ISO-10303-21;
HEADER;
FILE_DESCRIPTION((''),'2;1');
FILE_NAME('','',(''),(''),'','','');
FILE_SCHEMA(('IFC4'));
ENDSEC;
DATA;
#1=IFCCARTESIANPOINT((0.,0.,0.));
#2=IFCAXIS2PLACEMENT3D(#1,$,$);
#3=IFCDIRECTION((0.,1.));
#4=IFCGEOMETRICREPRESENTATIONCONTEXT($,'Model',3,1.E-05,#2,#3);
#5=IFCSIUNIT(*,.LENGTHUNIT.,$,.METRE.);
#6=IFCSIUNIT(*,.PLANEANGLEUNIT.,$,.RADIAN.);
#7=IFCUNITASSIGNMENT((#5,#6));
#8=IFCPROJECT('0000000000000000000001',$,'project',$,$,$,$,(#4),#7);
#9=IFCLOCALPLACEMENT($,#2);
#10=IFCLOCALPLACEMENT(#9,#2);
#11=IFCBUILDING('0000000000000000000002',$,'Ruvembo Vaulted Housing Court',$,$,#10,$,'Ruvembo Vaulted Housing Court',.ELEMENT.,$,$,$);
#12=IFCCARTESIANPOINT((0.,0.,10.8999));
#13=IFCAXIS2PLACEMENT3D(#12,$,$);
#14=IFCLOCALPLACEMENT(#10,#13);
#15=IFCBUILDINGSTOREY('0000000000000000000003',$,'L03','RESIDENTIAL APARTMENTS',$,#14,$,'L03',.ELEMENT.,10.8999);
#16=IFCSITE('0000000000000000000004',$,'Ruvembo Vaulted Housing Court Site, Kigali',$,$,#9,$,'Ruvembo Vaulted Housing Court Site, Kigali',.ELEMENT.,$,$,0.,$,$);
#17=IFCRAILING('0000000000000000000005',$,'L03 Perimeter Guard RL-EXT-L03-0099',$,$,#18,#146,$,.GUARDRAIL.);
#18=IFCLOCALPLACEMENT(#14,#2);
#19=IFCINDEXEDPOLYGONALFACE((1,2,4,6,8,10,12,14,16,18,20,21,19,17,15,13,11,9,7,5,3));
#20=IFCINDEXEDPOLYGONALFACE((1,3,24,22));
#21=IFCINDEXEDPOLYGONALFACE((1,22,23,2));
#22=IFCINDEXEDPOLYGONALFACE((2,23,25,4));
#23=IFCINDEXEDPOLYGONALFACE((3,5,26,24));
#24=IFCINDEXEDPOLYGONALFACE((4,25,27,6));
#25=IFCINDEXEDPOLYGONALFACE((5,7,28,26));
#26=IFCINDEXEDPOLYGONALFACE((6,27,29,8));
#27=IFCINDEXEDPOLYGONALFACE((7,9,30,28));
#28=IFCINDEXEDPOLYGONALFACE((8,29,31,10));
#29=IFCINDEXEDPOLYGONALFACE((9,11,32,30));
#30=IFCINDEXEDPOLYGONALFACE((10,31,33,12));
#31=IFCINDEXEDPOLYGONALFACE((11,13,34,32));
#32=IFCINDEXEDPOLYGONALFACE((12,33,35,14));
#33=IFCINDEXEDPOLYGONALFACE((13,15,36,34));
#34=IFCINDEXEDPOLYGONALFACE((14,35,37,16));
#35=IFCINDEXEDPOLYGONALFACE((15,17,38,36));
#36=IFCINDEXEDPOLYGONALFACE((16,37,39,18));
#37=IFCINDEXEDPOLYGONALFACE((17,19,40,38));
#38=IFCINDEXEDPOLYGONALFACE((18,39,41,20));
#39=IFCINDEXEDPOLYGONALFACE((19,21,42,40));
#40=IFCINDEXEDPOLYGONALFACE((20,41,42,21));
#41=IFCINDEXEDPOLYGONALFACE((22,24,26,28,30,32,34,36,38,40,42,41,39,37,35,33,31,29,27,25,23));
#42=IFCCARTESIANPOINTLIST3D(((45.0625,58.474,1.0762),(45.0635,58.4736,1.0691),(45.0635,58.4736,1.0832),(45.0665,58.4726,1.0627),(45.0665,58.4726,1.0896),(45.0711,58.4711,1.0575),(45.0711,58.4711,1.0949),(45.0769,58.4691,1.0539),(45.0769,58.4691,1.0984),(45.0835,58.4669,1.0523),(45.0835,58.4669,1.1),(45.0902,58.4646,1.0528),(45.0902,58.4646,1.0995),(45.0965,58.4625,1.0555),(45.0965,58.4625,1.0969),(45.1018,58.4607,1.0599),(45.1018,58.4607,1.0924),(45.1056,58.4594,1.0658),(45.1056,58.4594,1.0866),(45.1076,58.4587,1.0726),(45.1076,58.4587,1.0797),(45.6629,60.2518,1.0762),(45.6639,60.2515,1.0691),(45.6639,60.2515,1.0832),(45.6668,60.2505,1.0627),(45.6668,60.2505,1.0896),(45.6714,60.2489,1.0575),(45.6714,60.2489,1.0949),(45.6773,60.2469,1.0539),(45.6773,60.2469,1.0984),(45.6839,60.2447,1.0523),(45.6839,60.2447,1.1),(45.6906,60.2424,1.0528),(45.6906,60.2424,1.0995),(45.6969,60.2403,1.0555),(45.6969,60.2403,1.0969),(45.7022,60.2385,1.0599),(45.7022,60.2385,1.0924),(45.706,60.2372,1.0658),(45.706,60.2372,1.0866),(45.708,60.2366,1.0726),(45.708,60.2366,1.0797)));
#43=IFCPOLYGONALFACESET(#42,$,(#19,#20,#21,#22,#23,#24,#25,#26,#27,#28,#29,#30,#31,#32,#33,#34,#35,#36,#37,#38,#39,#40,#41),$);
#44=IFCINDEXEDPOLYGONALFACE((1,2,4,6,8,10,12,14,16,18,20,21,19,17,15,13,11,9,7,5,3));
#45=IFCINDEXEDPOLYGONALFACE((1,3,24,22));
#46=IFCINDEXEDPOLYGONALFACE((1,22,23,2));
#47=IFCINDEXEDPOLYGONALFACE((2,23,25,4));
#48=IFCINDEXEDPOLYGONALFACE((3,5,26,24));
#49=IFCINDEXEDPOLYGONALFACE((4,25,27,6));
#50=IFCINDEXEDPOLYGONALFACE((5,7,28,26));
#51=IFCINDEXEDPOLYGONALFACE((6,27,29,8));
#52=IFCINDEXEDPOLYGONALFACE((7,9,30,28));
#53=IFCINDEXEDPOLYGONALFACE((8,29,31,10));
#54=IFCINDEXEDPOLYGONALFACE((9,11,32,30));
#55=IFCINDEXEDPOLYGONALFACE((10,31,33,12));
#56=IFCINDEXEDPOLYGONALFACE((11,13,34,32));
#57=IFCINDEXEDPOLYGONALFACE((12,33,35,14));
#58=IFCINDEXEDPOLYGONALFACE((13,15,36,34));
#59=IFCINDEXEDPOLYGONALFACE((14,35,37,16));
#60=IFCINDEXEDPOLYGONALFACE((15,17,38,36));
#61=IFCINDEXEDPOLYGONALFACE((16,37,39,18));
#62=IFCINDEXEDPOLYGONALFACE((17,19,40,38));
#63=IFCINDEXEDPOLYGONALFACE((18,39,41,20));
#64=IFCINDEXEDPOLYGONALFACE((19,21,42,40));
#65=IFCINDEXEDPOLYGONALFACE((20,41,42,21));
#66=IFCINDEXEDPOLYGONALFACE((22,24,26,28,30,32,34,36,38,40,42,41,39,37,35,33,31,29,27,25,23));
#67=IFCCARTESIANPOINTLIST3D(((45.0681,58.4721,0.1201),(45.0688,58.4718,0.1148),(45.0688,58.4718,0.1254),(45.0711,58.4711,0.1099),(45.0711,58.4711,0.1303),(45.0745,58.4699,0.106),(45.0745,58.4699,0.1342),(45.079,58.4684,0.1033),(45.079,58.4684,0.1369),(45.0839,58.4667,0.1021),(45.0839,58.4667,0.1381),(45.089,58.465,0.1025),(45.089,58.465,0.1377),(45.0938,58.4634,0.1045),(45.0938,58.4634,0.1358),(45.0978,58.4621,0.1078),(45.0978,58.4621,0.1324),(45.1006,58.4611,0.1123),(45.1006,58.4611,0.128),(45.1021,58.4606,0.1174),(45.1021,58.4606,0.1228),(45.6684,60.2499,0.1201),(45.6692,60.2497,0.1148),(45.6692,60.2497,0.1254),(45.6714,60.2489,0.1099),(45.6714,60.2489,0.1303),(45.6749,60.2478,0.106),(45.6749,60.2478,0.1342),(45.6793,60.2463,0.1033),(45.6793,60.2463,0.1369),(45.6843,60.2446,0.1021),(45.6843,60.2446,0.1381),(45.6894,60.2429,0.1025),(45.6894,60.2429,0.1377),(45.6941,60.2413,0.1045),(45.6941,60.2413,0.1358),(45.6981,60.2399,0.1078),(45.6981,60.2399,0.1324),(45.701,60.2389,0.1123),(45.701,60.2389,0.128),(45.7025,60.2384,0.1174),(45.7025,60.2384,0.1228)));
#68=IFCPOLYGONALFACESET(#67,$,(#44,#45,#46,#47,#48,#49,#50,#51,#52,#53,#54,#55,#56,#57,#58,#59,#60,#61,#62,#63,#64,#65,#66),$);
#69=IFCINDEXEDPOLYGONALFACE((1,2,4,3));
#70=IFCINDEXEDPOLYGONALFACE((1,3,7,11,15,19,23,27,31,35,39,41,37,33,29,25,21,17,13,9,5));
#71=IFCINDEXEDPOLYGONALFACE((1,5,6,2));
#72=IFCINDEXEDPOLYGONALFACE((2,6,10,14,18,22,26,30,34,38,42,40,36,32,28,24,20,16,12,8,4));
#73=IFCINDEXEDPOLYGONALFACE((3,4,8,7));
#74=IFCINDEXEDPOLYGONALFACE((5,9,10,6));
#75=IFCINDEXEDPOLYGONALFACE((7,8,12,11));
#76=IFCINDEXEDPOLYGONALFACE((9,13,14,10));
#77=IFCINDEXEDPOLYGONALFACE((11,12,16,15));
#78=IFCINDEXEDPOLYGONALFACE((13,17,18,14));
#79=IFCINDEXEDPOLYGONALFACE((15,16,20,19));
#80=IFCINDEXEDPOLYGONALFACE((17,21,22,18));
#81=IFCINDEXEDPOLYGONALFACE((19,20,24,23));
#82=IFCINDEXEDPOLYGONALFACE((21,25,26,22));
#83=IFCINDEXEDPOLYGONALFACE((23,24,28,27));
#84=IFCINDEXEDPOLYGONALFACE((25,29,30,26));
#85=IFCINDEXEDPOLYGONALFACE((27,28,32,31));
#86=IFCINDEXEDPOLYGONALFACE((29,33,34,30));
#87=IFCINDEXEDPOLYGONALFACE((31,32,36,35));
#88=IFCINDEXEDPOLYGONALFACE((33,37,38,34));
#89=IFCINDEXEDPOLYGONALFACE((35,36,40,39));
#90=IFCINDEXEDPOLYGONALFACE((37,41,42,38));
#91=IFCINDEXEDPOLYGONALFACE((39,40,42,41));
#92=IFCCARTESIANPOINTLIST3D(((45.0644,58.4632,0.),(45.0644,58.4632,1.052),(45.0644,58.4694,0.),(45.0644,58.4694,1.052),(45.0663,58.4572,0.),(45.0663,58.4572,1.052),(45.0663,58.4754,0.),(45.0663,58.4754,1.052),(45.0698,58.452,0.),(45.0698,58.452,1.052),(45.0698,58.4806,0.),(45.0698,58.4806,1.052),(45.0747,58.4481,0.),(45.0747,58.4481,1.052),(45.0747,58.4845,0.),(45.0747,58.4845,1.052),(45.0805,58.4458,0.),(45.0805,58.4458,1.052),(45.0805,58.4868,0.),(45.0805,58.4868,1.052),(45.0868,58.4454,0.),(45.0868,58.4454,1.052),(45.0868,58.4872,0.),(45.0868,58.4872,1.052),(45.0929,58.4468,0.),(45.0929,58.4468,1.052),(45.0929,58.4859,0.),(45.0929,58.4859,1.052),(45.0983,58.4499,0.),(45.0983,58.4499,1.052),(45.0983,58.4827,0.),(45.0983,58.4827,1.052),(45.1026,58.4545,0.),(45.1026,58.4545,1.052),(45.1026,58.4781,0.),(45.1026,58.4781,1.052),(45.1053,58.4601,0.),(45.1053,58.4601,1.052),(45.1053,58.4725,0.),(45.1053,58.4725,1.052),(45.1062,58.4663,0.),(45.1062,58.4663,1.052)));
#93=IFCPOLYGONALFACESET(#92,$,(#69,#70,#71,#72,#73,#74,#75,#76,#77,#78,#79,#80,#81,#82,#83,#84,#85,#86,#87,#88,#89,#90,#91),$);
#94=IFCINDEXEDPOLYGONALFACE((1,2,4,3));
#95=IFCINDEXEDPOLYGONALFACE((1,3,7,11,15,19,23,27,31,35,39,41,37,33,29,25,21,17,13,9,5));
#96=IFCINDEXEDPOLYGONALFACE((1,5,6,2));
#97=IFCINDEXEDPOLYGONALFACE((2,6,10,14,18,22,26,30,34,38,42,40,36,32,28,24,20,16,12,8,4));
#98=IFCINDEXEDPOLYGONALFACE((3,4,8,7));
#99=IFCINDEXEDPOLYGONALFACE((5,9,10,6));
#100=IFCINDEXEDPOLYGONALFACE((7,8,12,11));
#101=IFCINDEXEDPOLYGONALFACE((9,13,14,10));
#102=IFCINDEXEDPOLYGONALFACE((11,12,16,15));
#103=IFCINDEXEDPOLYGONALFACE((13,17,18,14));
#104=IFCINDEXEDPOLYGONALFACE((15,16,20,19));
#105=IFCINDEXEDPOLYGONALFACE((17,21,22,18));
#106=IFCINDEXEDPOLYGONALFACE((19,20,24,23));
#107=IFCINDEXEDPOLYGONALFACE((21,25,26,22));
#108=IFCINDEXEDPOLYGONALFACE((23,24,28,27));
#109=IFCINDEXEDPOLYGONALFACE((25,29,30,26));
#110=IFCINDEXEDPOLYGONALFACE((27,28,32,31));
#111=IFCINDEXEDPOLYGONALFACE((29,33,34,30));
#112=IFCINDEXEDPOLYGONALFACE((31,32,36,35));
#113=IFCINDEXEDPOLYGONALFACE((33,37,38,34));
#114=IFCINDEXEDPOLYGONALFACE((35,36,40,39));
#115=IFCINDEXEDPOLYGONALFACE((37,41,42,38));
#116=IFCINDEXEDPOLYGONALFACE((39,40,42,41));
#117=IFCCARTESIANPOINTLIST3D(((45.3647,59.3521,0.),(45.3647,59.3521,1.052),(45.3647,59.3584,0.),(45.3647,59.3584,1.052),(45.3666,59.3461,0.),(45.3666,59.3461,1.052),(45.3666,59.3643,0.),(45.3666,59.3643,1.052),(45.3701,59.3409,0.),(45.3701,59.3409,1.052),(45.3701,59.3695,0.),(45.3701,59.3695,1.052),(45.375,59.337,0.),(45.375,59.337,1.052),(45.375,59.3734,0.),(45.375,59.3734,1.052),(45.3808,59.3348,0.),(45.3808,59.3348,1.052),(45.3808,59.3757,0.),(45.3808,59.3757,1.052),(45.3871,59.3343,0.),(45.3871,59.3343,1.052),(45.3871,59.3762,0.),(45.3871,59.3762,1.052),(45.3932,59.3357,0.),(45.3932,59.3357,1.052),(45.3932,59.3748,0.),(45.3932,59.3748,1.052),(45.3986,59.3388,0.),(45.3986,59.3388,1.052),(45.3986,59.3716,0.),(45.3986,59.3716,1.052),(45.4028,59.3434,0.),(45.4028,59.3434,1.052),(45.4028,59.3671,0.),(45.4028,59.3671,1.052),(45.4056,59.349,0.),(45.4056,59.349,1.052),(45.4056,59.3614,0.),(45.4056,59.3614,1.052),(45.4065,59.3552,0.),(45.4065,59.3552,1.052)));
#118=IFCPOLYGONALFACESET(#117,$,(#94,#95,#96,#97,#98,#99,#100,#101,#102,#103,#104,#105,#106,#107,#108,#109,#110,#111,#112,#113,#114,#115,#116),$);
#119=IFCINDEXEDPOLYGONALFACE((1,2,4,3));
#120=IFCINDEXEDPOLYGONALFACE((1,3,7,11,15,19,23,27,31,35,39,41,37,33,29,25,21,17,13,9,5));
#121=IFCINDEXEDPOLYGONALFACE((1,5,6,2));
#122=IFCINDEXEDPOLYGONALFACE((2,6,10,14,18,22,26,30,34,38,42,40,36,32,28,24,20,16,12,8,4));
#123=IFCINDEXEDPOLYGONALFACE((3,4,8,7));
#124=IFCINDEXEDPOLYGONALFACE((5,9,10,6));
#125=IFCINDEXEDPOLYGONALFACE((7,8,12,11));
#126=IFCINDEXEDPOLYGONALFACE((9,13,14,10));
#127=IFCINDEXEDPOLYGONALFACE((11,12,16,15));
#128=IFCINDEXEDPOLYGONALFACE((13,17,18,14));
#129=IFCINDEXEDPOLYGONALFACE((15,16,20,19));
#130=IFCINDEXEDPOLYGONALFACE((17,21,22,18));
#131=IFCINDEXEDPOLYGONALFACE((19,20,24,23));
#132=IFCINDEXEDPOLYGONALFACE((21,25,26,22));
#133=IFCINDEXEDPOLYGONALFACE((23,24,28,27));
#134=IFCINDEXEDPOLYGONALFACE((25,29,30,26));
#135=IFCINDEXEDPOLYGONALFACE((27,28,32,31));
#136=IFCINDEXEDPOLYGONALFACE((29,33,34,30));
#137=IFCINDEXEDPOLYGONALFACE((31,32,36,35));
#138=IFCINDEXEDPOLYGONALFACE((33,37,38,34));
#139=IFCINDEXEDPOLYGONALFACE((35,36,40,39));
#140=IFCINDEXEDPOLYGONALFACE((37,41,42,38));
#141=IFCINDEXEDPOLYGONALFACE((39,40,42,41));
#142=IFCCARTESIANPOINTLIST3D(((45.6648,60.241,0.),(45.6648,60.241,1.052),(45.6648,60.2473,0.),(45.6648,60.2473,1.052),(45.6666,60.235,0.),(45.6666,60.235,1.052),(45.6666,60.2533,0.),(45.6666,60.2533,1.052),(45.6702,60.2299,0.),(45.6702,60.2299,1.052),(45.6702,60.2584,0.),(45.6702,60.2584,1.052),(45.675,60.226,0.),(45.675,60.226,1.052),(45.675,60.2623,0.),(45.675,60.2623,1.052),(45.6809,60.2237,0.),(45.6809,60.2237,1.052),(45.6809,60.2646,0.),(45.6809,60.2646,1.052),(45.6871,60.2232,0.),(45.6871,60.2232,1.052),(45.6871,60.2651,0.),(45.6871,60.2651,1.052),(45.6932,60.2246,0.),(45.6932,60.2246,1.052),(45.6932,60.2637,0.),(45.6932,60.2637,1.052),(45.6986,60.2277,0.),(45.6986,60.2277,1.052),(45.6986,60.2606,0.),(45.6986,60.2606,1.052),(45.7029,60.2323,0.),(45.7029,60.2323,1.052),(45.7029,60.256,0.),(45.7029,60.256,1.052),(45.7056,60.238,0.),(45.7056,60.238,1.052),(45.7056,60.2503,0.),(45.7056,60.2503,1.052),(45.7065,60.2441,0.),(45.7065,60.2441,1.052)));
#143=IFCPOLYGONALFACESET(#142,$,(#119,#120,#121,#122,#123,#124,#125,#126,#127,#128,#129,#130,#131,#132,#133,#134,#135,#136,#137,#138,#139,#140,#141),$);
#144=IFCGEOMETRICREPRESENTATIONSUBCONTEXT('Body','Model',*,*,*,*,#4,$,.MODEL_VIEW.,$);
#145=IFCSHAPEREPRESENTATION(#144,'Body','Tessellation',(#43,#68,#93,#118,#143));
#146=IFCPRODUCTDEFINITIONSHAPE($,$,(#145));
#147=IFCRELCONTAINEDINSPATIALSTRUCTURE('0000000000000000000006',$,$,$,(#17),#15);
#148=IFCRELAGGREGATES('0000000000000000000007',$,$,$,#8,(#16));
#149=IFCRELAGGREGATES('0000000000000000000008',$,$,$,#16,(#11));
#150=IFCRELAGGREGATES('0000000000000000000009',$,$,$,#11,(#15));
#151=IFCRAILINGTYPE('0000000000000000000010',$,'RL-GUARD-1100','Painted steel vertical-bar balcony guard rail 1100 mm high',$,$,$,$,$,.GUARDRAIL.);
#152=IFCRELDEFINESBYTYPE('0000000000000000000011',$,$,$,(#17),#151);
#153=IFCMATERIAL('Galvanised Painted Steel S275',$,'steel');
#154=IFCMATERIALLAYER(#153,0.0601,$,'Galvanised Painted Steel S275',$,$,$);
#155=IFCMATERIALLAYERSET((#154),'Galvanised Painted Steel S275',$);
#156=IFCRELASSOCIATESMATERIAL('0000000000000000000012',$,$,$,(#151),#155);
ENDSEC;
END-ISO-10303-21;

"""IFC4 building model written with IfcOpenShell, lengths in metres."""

from ifc_helpers import new_model, si_unit, direction, frame, origin, origin_2d, place, context, subcontext, project, spatial, circle, extrude, material, layer, layer_set, type_object, element, save


model = new_model("IFC4")

# Units and contexts
model_context = context("Model", 3, precision=1e-05, world=origin(), true_north=direction((0.0, 1.0)))
body_context = subcontext(model_context, "Body", "Model", "MODEL_VIEW")
ifc_project = project(units=[si_unit("LENGTHUNIT", "METRE"), si_unit("PLANEANGLEUNIT", "RADIAN")], contexts=[model_context])

# Site, building, storey
site_placement = place(None, origin())
site = spatial("IfcSite", under=ifc_project, at=site_placement, Name="Ruvembo Vaulted Housing Court Site, Kigali", LongName="Ruvembo Vaulted Housing Court Site, Kigali", CompositionType="ELEMENT", RefElevation=0.0)
building_placement = place(site_placement, origin())
building = spatial("IfcBuilding", under=site, at=building_placement, Name="Ruvembo Vaulted Housing Court", LongName="Ruvembo Vaulted Housing Court", CompositionType="ELEMENT")
storey_placement = place(building_placement, frame((0.0, 0.0, 10.8999)))
storey = spatial("IfcBuildingStorey", under=building, at=storey_placement, Name="L03", Description="RESIDENTIAL APARTMENTS", LongName="L03", CompositionType="ELEMENT", Elevation=10.8999)

# Railing
ifc_material_1 = material(Name="Galvanised Painted Steel S275", Category="steel")
ifc_layer_1 = layer(ifc_material_1, 0.0601, Name="Galvanised Painted Steel S275")
ifc_layer_set_1 = layer_set([ifc_layer_1], Name="Galvanised Painted Steel S275")
railing_type = type_object("IfcRailingType", Name="RL-GUARD-1100", Description="Painted steel vertical-bar balcony guard rail 1100 mm high", PredefinedType="GUARDRAIL", material=ifc_layer_set_1)
railing_1_placement = place(storey_placement, frame((45.0852, 58.4663, 0.0)))
element("IfcRailing", 1, at=railing_1_placement, inside=storey, type_object=railing_type, Name="L03 Perimeter Guard RL-EXT-L03-0099", PredefinedType="GUARDRAIL", context=body_context, shape_type="SweptSolid", body=[
    extrude(circle(Radius=0.0239, at=origin_2d()), frame((0.0, 0.0, 1.0762), z_axis=(0.319933, 0.94744, 0.0), x_axis=(-0.94744, 0.319933, 0.0)), (0.0, 0.0, 1.0), 1.8765),
    extrude(circle(Radius=0.0181, at=origin_2d()), frame((0.0, 0.0, 0.1201), z_axis=(0.319933, 0.94744, 0.0), x_axis=(-0.94744, 0.319933, 0.0)), (0.0, 0.0, 1.0), 1.8765),
    extrude(circle(Radius=0.021, at=origin_2d()), origin(), (0.0, 0.0, 1.0), 1.052),
    extrude(circle(Radius=0.021, at=origin_2d()), frame((0.3003, 0.8889, 0.0)), (0.0, 0.0, 1.0), 1.052),
    extrude(circle(Radius=0.021, at=origin_2d()), frame((0.6003, 1.7778, 0.0)), (0.0, 0.0, 1.0), 1.052),
])

save(model, "model.ifc")
